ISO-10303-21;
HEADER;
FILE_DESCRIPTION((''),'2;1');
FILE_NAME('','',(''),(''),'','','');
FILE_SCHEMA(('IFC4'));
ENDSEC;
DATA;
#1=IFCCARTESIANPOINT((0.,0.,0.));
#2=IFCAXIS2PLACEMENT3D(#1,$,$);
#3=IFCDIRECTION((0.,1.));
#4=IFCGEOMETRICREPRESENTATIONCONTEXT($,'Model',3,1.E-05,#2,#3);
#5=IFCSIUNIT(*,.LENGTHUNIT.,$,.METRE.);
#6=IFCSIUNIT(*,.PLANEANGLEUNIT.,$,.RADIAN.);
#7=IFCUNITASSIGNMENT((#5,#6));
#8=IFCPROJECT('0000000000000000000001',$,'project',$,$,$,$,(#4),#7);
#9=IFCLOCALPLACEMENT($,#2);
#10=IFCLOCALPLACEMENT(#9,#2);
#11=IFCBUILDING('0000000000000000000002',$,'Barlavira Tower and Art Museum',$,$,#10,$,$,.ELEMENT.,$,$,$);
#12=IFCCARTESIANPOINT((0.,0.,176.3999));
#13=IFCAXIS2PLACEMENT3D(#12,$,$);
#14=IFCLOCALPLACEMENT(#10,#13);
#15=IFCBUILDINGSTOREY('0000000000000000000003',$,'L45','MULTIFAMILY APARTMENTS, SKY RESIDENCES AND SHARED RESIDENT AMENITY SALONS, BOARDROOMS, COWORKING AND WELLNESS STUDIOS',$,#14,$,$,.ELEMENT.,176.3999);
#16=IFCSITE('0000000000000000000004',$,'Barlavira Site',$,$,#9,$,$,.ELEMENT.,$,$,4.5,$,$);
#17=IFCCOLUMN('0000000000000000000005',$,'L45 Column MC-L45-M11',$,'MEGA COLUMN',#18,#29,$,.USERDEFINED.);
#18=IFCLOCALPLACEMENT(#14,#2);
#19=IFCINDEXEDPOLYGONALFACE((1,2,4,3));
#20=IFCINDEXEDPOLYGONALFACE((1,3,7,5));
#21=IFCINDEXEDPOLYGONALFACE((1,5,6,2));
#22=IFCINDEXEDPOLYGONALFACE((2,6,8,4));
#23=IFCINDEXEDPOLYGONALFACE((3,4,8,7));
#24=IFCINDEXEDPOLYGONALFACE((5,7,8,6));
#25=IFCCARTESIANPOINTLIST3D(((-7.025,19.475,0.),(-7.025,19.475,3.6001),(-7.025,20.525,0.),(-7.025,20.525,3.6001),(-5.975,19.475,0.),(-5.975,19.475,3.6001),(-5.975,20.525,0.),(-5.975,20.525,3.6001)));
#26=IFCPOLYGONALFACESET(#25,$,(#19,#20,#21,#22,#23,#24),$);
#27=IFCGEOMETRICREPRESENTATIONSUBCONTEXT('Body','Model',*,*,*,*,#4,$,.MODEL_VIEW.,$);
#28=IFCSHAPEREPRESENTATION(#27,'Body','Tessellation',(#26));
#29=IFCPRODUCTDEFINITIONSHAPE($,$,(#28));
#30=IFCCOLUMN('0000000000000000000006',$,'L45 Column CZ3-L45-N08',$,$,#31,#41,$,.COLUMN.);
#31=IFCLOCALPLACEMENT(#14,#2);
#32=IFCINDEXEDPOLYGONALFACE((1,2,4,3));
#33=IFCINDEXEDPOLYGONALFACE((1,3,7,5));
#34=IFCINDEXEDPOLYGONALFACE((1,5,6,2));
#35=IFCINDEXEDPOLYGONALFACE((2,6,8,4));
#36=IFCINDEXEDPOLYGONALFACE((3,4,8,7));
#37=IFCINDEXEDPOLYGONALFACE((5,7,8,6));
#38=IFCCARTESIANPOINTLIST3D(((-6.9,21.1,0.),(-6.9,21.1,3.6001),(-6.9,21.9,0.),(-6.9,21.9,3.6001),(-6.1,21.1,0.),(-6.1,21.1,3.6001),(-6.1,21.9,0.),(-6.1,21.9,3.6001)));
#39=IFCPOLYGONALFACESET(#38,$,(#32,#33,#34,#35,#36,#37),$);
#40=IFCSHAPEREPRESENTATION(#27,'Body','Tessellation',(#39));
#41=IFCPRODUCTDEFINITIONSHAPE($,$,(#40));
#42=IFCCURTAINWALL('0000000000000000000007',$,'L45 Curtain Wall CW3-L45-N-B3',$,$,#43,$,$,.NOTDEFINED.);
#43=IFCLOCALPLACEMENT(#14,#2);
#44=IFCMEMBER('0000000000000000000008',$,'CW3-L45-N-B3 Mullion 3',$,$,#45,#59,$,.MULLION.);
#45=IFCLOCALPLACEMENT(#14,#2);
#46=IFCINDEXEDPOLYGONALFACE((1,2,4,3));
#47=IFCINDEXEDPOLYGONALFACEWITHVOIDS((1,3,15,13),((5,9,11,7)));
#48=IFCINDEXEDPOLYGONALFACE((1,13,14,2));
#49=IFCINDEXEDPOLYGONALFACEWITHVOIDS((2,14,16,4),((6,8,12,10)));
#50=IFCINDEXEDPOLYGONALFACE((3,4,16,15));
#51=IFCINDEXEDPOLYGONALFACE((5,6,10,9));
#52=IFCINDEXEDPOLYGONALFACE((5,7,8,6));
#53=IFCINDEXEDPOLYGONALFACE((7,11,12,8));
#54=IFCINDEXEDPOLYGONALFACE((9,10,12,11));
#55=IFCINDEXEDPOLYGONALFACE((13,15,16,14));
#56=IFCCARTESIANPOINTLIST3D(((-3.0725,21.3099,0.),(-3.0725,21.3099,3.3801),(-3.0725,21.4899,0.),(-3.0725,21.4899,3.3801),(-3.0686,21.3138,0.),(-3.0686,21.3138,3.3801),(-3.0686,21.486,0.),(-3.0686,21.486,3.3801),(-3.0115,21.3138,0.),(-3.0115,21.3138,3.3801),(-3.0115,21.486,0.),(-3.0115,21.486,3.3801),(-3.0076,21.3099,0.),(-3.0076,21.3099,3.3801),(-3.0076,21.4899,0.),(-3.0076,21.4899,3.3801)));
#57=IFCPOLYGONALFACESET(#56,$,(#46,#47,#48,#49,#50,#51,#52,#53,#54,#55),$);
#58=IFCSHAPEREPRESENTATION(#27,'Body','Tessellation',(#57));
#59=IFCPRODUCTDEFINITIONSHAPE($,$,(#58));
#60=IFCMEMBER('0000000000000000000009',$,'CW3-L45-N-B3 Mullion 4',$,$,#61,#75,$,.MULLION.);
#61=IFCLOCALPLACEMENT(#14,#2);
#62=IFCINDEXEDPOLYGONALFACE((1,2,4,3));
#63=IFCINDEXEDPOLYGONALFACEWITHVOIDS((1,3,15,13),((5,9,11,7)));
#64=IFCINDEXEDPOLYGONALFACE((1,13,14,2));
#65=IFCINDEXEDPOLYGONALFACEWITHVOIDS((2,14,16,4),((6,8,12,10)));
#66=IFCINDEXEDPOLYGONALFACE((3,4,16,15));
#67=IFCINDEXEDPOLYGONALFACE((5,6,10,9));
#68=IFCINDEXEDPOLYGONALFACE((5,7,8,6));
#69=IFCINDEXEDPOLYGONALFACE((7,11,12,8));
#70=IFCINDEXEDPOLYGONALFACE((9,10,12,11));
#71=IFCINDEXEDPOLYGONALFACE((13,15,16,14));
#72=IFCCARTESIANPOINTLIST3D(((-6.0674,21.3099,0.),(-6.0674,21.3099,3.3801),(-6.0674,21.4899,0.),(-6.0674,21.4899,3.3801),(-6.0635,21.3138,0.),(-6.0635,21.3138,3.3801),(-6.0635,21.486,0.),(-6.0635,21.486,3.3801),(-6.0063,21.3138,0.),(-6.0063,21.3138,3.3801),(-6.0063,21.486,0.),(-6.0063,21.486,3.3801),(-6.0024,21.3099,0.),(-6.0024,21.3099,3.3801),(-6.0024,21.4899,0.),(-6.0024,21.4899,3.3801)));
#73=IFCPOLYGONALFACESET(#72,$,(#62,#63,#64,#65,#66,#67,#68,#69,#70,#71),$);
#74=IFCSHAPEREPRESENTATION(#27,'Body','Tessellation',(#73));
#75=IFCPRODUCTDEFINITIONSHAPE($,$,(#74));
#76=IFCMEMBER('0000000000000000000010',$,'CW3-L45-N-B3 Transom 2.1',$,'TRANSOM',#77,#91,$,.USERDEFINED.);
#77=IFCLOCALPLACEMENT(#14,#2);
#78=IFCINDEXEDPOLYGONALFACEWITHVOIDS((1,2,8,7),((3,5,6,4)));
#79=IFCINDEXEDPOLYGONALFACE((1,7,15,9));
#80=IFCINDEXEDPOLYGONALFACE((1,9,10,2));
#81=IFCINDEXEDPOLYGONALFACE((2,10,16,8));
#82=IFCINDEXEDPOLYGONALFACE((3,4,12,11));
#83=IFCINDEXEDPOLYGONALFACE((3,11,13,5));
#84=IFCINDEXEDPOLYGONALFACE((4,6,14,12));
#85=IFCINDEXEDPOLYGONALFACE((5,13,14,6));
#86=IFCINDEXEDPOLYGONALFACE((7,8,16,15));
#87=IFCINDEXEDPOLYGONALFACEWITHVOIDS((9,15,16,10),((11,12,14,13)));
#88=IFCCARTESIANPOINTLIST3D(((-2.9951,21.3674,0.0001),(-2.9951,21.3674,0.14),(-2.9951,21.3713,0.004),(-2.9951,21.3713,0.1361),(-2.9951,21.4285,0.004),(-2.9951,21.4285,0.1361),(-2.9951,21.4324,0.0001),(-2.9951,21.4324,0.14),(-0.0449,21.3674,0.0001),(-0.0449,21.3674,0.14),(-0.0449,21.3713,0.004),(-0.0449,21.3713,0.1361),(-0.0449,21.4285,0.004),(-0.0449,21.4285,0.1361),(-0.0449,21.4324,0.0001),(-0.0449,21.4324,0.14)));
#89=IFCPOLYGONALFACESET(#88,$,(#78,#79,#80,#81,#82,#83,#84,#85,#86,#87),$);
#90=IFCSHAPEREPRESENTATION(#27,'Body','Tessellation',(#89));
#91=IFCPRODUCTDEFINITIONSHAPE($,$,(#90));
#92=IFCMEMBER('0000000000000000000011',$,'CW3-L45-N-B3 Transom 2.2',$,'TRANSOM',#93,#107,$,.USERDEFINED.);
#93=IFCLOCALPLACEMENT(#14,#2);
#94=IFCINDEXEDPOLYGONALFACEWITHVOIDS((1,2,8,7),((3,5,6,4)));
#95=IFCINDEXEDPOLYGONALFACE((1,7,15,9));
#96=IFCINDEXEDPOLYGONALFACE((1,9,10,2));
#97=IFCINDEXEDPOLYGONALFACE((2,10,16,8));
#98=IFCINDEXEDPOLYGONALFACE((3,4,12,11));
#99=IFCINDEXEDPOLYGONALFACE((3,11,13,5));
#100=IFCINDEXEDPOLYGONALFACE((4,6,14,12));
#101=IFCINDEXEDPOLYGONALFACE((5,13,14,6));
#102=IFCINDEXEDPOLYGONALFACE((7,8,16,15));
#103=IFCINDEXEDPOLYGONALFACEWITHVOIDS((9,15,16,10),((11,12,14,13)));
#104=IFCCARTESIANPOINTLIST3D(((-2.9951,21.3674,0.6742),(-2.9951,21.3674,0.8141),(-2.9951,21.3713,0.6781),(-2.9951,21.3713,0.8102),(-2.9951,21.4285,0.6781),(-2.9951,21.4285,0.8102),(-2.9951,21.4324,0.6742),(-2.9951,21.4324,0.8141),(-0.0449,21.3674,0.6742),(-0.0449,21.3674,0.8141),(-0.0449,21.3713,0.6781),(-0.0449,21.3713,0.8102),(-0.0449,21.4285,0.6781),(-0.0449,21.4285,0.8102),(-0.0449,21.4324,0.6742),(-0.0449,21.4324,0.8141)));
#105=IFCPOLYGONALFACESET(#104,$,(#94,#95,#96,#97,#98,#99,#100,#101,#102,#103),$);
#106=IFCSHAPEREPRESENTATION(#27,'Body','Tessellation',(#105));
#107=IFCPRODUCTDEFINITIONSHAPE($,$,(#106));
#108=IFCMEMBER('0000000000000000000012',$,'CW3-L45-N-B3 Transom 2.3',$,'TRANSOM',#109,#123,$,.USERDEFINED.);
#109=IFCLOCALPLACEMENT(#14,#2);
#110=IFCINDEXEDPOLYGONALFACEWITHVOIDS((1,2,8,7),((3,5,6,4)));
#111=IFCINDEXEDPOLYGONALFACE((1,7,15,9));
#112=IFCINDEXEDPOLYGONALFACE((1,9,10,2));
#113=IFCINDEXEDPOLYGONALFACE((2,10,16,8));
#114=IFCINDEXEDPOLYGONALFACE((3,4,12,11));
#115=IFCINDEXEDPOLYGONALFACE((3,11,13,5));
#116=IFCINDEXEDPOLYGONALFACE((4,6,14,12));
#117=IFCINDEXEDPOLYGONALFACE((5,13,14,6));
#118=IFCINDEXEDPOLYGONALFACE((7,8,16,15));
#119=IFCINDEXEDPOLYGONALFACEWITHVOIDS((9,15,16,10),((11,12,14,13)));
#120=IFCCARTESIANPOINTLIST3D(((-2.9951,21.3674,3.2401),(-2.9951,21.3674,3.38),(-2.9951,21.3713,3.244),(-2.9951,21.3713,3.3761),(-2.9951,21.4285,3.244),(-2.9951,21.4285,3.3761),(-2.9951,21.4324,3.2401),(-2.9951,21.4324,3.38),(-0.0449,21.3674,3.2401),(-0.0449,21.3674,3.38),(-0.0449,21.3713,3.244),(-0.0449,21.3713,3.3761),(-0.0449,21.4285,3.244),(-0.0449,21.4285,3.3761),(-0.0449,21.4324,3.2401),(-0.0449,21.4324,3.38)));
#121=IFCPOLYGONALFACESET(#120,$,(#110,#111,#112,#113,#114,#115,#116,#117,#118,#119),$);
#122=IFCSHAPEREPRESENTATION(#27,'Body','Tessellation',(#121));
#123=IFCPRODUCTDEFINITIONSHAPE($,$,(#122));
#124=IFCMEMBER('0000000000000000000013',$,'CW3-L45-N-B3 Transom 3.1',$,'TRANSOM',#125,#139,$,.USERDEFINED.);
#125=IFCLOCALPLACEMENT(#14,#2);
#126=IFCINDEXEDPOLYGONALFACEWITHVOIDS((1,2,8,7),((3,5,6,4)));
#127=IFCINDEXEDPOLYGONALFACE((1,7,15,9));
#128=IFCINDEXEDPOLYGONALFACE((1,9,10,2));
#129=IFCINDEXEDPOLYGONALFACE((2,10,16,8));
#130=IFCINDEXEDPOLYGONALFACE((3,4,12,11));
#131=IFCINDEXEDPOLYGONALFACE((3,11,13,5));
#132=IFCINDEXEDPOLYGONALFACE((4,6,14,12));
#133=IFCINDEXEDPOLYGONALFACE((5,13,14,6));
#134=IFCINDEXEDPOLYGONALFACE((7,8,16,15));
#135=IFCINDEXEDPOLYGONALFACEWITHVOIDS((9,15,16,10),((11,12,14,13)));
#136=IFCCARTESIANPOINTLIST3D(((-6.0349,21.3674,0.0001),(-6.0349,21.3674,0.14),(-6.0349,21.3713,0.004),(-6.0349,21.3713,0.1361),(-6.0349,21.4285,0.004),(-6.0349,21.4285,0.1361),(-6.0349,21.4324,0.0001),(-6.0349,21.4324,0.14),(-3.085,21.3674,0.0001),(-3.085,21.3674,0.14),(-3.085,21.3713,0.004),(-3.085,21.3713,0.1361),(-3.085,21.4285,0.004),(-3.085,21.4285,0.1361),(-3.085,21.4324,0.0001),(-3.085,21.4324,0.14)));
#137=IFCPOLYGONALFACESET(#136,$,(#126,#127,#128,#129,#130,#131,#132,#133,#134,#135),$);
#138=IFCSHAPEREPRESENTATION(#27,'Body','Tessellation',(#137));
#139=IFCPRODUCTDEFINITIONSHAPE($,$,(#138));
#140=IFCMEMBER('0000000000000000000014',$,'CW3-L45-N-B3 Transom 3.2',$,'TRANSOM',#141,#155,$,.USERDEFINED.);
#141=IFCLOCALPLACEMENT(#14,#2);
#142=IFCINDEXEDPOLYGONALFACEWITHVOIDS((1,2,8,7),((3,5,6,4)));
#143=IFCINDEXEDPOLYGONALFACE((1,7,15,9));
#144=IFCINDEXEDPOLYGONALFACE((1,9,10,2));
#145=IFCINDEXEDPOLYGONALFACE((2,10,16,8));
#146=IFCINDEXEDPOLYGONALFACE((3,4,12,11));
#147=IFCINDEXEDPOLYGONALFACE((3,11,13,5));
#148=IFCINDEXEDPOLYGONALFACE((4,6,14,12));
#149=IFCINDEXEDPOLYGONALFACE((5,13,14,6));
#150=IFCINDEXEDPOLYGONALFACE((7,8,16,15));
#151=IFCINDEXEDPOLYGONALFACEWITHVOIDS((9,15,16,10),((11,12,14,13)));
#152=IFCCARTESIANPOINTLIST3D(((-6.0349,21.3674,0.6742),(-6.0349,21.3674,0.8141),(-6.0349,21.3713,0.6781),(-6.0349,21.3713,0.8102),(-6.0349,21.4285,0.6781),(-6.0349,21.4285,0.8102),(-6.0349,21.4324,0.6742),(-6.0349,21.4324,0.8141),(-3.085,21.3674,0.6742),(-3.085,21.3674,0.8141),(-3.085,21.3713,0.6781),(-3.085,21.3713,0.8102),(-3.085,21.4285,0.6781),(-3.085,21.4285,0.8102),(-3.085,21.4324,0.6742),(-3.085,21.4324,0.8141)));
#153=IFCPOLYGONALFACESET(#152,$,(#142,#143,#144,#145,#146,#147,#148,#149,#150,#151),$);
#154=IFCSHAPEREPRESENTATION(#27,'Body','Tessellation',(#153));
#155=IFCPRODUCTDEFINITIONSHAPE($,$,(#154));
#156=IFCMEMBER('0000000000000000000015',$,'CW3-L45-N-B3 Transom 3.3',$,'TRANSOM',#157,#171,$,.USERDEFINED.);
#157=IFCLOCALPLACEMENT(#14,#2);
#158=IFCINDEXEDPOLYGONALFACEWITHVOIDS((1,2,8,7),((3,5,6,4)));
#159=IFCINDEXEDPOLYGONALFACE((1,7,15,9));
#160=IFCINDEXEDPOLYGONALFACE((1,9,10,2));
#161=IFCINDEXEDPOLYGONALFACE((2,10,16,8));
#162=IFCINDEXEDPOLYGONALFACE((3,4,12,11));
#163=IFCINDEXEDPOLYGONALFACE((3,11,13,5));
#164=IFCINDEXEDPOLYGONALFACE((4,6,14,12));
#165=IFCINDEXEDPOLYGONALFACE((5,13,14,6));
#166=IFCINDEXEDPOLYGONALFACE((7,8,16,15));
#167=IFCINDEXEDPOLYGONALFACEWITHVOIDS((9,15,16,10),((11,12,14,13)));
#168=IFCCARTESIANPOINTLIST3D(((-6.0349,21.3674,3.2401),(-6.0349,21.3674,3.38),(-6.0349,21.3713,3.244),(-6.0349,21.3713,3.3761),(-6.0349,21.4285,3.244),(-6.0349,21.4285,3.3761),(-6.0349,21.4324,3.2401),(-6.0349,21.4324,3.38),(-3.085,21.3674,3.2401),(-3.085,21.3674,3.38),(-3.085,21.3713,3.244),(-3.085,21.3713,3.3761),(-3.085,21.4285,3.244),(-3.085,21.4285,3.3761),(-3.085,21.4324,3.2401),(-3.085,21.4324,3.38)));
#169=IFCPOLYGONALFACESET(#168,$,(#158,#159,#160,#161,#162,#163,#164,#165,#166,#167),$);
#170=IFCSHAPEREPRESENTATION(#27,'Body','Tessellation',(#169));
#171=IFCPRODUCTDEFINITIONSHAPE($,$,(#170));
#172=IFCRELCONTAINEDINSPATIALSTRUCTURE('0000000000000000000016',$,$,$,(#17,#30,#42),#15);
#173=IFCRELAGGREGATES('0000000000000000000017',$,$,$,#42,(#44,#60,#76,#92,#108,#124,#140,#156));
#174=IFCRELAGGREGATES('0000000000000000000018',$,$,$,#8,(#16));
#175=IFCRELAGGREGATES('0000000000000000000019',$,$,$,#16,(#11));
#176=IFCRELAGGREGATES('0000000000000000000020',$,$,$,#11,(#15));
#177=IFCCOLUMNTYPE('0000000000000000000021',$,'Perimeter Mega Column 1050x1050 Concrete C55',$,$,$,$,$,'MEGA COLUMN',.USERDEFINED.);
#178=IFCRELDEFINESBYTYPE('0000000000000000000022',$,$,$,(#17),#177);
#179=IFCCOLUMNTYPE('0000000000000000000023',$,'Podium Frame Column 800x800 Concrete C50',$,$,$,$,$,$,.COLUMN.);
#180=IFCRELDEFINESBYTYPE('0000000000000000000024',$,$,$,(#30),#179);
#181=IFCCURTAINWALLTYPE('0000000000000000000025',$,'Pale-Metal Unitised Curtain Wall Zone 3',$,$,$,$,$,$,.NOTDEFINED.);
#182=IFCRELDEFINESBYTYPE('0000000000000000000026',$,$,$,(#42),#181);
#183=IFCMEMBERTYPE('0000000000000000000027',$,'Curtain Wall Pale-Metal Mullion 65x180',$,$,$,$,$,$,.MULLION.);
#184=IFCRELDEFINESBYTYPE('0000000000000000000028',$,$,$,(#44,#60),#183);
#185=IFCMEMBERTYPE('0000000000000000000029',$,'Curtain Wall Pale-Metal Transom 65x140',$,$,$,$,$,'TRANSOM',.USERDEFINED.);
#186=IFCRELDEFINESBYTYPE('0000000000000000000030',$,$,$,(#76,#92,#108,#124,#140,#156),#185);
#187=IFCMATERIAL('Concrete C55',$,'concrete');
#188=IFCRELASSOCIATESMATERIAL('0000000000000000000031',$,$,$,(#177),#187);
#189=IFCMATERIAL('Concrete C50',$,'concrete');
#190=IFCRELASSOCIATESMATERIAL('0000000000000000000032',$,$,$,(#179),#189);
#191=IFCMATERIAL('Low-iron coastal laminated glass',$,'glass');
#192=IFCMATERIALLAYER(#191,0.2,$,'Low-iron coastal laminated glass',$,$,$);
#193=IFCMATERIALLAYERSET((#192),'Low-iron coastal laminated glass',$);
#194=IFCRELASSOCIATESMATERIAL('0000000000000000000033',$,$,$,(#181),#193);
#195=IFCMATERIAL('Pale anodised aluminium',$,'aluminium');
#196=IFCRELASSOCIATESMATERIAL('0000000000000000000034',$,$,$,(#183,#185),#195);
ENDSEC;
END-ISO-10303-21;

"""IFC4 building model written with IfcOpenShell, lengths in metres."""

from ifc_helpers import new_model, si_unit, direction, frame, origin, origin_2d, place, context, subcontext, project, spatial, rectangle, hollow_rectangle, extrude, material, layer, layer_set, material_profile, profile_set, type_object, element, aggregate, save


model = new_model("IFC4")

# Units and contexts
model_context = context("Model", 3, precision=1e-05, world=origin(), true_north=direction((0.0, 1.0)))
body_context = subcontext(model_context, "Body", "Model", "MODEL_VIEW")
ifc_project = project(units=[si_unit("LENGTHUNIT", "METRE"), si_unit("PLANEANGLEUNIT", "RADIAN")], contexts=[model_context])

# Site, building, storey
site_placement = place(None, origin())
site = spatial("IfcSite", under=ifc_project, at=site_placement, Name="Barlavira Site", CompositionType="ELEMENT", RefElevation=4.5)
building_placement = place(site_placement, origin())
building = spatial("IfcBuilding", under=site, at=building_placement, Name="Barlavira Tower and Art Museum", CompositionType="ELEMENT")
storey_placement = place(building_placement, frame((0.0, 0.0, 176.3999)))
storey = spatial("IfcBuildingStorey", under=building, at=storey_placement, Name="L45", Description="MULTIFAMILY APARTMENTS, SKY RESIDENCES AND SHARED RESIDENT AMENITY SALONS, BOARDROOMS, COWORKING AND WELLNESS STUDIOS", CompositionType="ELEMENT", Elevation=176.3999)

# Columns
ifc_material_1 = material(Name="Concrete C55", Category="concrete")
ifc_material_profile_1 = material_profile(ifc_material_1, rectangle(XDim=1.05, YDim=1.05, at=origin_2d()), Name="RC-COL 1050x1050")
ifc_profile_set_1 = profile_set([ifc_material_profile_1], Name="Concrete C55")
column_type_1 = type_object("IfcColumnType", Name="Perimeter Mega Column 1050x1050 Concrete C55", ElementType="MEGA COLUMN", PredefinedType="USERDEFINED", material=ifc_profile_set_1)
column_1_placement = place(storey_placement, frame((-6.5, 20.0, 0.0), z_axis=(0.0, 0.0, 1.0), x_axis=(1.0, 0.0, 0.0)))
element("IfcColumn", 1, at=column_1_placement, inside=storey, type_object=column_type_1, Name="L45 Column MC-L45-M11", ObjectType="MEGA COLUMN", PredefinedType="USERDEFINED", context=body_context, shape_type="SweptSolid", body=[
    extrude(rectangle(XDim=1.05, YDim=1.05, at=origin_2d()), origin(), (0.0, 0.0, 1.0), 3.6001),
])
ifc_material_2 = material(Name="Concrete C50", Category="concrete")
ifc_material_profile_2 = material_profile(ifc_material_2, rectangle(XDim=0.8, YDim=0.8, at=origin_2d()), Name="RC-COL 800x800")
ifc_profile_set_2 = profile_set([ifc_material_profile_2], Name="Concrete C50")
column_type_2 = type_object("IfcColumnType", Name="Podium Frame Column 800x800 Concrete C50", PredefinedType="COLUMN", material=ifc_profile_set_2)
column_2_placement = place(storey_placement, frame((-6.5, 21.5, 0.0), z_axis=(0.0, 0.0, 1.0), x_axis=(1.0, 0.0, 0.0)))
element("IfcColumn", 2, at=column_2_placement, inside=storey, type_object=column_type_2, Name="L45 Column CZ3-L45-N08", PredefinedType="COLUMN", context=body_context, shape_type="SweptSolid", body=[
    extrude(rectangle(XDim=0.8, YDim=0.8, at=origin_2d()), origin(), (0.0, 0.0, 1.0), 3.6001),
])

# Curtain wall, members
ifc_material_3 = material(Name="Low-iron coastal laminated glass", Category="glass")
ifc_layer_1 = layer(ifc_material_3, 0.2, Name="Low-iron coastal laminated glass")
ifc_layer_set_1 = layer_set([ifc_layer_1], Name="Low-iron coastal laminated glass")
curtain_wall_type = type_object("IfcCurtainWallType", Name="Pale-Metal Unitised Curtain Wall Zone 3", PredefinedType="NOTDEFINED", material=ifc_layer_set_1)
curtain_wall_placement = place(storey_placement, origin())
curtain_wall = element("IfcCurtainWall", 3, at=curtain_wall_placement, inside=storey, type_object=curtain_wall_type, Name="L45 Curtain Wall CW3-L45-N-B3", PredefinedType="NOTDEFINED")
ifc_material_4 = material(Name="Pale anodised aluminium", Category="aluminium")
ifc_material_profile_3 = material_profile(ifc_material_4, hollow_rectangle(XDim=0.0649, YDim=0.1799, WallThickness=0.0039, at=origin_2d()), Name="ALU-MULL 65x180x4")
ifc_profile_set_3 = profile_set([ifc_material_profile_3], Name="Pale anodised aluminium")
member_type_1 = type_object("IfcMemberType", Name="Curtain Wall Pale-Metal Mullion 65x180", PredefinedType="MULLION", material=ifc_profile_set_3)
member_1_placement = place(storey_placement, frame((-3.04, 21.3999, 0.0), z_axis=(0.0, 0.0, 1.0), x_axis=(-1.0, 0.0, 0.0)))
member_1 = element("IfcMember", 4, at=member_1_placement, type_object=member_type_1, Name="CW3-L45-N-B3 Mullion 3", PredefinedType="MULLION", context=body_context, shape_type="SweptSolid", body=[
    extrude(hollow_rectangle(XDim=0.0649, YDim=0.1799, WallThickness=0.0039, at=origin_2d()), origin(), (0.0, 0.0, 1.0), 3.3801),
])
member_2_placement = place(storey_placement, frame((-6.0349, 21.3999, 0.0), z_axis=(0.0, 0.0, 1.0), x_axis=(-1.0, 0.0, 0.0)))
member_2 = element("IfcMember", 5, at=member_2_placement, type_object=member_type_1, Name="CW3-L45-N-B3 Mullion 4", PredefinedType="MULLION", context=body_context, shape_type="SweptSolid", body=[
    extrude(hollow_rectangle(XDim=0.0649, YDim=0.1799, WallThickness=0.0039, at=origin_2d()), origin(), (0.0, 0.0, 1.0), 3.3801),
])
ifc_material_profile_4 = material_profile(ifc_material_4, hollow_rectangle(XDim=0.0649, YDim=0.1399, WallThickness=0.0039, at=origin_2d()), Name="ALU-TRAN 65x140x4")
ifc_profile_set_4 = profile_set([ifc_material_profile_4], Name="Pale anodised aluminium")
member_type_2 = type_object("IfcMemberType", Name="Curtain Wall Pale-Metal Transom 65x140", ElementType="TRANSOM", PredefinedType="USERDEFINED", material=ifc_profile_set_4)
member_3_placement = place(storey_placement, frame((-0.0449, 21.3999, 0.0701), z_axis=(-1.0, 0.0, 0.0), x_axis=(0.0, -1.0, 0.0)))
member_3 = element("IfcMember", 6, at=member_3_placement, type_object=member_type_2, Name="CW3-L45-N-B3 Transom 2.1", ObjectType="TRANSOM", PredefinedType="USERDEFINED", context=body_context, shape_type="SweptSolid", body=[
    extrude(hollow_rectangle(XDim=0.0649, YDim=0.1399, WallThickness=0.0039, at=origin_2d()), origin(), (0.0, 0.0, 1.0), 2.9502),
])
member_4_placement = place(storey_placement, frame((-0.0449, 21.3999, 0.7441), z_axis=(-1.0, 0.0, 0.0), x_axis=(0.0, -1.0, 0.0)))
member_4 = element("IfcMember", 7, at=member_4_placement, type_object=member_type_2, Name="CW3-L45-N-B3 Transom 2.2", ObjectType="TRANSOM", PredefinedType="USERDEFINED", context=body_context, shape_type="SweptSolid", body=[
    extrude(hollow_rectangle(XDim=0.0649, YDim=0.1399, WallThickness=0.0039, at=origin_2d()), origin(), (0.0, 0.0, 1.0), 2.9502),
])
member_5_placement = place(storey_placement, frame((-0.0449, 21.3999, 3.3101), z_axis=(-1.0, 0.0, 0.0), x_axis=(0.0, -1.0, 0.0)))
member_5 = element("IfcMember", 8, at=member_5_placement, type_object=member_type_2, Name="CW3-L45-N-B3 Transom 2.3", ObjectType="TRANSOM", PredefinedType="USERDEFINED", context=body_context, shape_type="SweptSolid", body=[
    extrude(hollow_rectangle(XDim=0.0649, YDim=0.1399, WallThickness=0.0039, at=origin_2d()), origin(), (0.0, 0.0, 1.0), 2.9502),
])
member_6_placement = place(storey_placement, frame((-3.085, 21.3999, 0.0701), z_axis=(-1.0, 0.0, 0.0), x_axis=(0.0, -1.0, 0.0)))
member_6 = element("IfcMember", 9, at=member_6_placement, type_object=member_type_2, Name="CW3-L45-N-B3 Transom 3.1", ObjectType="TRANSOM", PredefinedType="USERDEFINED", context=body_context, shape_type="SweptSolid", body=[
    extrude(hollow_rectangle(XDim=0.0649, YDim=0.1399, WallThickness=0.0039, at=origin_2d()), origin(), (0.0, 0.0, 1.0), 2.95),
])
member_7_placement = place(storey_placement, frame((-3.085, 21.3999, 0.7441), z_axis=(-1.0, 0.0, 0.0), x_axis=(0.0, -1.0, 0.0)))
member_7 = element("IfcMember", 10, at=member_7_placement, type_object=member_type_2, Name="CW3-L45-N-B3 Transom 3.2", ObjectType="TRANSOM", PredefinedType="USERDEFINED", context=body_context, shape_type="SweptSolid", body=[
    extrude(hollow_rectangle(XDim=0.0649, YDim=0.1399, WallThickness=0.0039, at=origin_2d()), origin(), (0.0, 0.0, 1.0), 2.95),
])
member_8_placement = place(storey_placement, frame((-3.085, 21.3999, 3.3101), z_axis=(-1.0, 0.0, 0.0), x_axis=(0.0, -1.0, 0.0)))
member_8 = element("IfcMember", 11, at=member_8_placement, type_object=member_type_2, Name="CW3-L45-N-B3 Transom 3.3", ObjectType="TRANSOM", PredefinedType="USERDEFINED", context=body_context, shape_type="SweptSolid", body=[
    extrude(hollow_rectangle(XDim=0.0649, YDim=0.1399, WallThickness=0.0039, at=origin_2d()), origin(), (0.0, 0.0, 1.0), 2.95),
])

aggregate(curtain_wall, [member_1, member_2, member_3, member_4, member_5, member_6, member_7, member_8])

save(model, "model.ifc")
